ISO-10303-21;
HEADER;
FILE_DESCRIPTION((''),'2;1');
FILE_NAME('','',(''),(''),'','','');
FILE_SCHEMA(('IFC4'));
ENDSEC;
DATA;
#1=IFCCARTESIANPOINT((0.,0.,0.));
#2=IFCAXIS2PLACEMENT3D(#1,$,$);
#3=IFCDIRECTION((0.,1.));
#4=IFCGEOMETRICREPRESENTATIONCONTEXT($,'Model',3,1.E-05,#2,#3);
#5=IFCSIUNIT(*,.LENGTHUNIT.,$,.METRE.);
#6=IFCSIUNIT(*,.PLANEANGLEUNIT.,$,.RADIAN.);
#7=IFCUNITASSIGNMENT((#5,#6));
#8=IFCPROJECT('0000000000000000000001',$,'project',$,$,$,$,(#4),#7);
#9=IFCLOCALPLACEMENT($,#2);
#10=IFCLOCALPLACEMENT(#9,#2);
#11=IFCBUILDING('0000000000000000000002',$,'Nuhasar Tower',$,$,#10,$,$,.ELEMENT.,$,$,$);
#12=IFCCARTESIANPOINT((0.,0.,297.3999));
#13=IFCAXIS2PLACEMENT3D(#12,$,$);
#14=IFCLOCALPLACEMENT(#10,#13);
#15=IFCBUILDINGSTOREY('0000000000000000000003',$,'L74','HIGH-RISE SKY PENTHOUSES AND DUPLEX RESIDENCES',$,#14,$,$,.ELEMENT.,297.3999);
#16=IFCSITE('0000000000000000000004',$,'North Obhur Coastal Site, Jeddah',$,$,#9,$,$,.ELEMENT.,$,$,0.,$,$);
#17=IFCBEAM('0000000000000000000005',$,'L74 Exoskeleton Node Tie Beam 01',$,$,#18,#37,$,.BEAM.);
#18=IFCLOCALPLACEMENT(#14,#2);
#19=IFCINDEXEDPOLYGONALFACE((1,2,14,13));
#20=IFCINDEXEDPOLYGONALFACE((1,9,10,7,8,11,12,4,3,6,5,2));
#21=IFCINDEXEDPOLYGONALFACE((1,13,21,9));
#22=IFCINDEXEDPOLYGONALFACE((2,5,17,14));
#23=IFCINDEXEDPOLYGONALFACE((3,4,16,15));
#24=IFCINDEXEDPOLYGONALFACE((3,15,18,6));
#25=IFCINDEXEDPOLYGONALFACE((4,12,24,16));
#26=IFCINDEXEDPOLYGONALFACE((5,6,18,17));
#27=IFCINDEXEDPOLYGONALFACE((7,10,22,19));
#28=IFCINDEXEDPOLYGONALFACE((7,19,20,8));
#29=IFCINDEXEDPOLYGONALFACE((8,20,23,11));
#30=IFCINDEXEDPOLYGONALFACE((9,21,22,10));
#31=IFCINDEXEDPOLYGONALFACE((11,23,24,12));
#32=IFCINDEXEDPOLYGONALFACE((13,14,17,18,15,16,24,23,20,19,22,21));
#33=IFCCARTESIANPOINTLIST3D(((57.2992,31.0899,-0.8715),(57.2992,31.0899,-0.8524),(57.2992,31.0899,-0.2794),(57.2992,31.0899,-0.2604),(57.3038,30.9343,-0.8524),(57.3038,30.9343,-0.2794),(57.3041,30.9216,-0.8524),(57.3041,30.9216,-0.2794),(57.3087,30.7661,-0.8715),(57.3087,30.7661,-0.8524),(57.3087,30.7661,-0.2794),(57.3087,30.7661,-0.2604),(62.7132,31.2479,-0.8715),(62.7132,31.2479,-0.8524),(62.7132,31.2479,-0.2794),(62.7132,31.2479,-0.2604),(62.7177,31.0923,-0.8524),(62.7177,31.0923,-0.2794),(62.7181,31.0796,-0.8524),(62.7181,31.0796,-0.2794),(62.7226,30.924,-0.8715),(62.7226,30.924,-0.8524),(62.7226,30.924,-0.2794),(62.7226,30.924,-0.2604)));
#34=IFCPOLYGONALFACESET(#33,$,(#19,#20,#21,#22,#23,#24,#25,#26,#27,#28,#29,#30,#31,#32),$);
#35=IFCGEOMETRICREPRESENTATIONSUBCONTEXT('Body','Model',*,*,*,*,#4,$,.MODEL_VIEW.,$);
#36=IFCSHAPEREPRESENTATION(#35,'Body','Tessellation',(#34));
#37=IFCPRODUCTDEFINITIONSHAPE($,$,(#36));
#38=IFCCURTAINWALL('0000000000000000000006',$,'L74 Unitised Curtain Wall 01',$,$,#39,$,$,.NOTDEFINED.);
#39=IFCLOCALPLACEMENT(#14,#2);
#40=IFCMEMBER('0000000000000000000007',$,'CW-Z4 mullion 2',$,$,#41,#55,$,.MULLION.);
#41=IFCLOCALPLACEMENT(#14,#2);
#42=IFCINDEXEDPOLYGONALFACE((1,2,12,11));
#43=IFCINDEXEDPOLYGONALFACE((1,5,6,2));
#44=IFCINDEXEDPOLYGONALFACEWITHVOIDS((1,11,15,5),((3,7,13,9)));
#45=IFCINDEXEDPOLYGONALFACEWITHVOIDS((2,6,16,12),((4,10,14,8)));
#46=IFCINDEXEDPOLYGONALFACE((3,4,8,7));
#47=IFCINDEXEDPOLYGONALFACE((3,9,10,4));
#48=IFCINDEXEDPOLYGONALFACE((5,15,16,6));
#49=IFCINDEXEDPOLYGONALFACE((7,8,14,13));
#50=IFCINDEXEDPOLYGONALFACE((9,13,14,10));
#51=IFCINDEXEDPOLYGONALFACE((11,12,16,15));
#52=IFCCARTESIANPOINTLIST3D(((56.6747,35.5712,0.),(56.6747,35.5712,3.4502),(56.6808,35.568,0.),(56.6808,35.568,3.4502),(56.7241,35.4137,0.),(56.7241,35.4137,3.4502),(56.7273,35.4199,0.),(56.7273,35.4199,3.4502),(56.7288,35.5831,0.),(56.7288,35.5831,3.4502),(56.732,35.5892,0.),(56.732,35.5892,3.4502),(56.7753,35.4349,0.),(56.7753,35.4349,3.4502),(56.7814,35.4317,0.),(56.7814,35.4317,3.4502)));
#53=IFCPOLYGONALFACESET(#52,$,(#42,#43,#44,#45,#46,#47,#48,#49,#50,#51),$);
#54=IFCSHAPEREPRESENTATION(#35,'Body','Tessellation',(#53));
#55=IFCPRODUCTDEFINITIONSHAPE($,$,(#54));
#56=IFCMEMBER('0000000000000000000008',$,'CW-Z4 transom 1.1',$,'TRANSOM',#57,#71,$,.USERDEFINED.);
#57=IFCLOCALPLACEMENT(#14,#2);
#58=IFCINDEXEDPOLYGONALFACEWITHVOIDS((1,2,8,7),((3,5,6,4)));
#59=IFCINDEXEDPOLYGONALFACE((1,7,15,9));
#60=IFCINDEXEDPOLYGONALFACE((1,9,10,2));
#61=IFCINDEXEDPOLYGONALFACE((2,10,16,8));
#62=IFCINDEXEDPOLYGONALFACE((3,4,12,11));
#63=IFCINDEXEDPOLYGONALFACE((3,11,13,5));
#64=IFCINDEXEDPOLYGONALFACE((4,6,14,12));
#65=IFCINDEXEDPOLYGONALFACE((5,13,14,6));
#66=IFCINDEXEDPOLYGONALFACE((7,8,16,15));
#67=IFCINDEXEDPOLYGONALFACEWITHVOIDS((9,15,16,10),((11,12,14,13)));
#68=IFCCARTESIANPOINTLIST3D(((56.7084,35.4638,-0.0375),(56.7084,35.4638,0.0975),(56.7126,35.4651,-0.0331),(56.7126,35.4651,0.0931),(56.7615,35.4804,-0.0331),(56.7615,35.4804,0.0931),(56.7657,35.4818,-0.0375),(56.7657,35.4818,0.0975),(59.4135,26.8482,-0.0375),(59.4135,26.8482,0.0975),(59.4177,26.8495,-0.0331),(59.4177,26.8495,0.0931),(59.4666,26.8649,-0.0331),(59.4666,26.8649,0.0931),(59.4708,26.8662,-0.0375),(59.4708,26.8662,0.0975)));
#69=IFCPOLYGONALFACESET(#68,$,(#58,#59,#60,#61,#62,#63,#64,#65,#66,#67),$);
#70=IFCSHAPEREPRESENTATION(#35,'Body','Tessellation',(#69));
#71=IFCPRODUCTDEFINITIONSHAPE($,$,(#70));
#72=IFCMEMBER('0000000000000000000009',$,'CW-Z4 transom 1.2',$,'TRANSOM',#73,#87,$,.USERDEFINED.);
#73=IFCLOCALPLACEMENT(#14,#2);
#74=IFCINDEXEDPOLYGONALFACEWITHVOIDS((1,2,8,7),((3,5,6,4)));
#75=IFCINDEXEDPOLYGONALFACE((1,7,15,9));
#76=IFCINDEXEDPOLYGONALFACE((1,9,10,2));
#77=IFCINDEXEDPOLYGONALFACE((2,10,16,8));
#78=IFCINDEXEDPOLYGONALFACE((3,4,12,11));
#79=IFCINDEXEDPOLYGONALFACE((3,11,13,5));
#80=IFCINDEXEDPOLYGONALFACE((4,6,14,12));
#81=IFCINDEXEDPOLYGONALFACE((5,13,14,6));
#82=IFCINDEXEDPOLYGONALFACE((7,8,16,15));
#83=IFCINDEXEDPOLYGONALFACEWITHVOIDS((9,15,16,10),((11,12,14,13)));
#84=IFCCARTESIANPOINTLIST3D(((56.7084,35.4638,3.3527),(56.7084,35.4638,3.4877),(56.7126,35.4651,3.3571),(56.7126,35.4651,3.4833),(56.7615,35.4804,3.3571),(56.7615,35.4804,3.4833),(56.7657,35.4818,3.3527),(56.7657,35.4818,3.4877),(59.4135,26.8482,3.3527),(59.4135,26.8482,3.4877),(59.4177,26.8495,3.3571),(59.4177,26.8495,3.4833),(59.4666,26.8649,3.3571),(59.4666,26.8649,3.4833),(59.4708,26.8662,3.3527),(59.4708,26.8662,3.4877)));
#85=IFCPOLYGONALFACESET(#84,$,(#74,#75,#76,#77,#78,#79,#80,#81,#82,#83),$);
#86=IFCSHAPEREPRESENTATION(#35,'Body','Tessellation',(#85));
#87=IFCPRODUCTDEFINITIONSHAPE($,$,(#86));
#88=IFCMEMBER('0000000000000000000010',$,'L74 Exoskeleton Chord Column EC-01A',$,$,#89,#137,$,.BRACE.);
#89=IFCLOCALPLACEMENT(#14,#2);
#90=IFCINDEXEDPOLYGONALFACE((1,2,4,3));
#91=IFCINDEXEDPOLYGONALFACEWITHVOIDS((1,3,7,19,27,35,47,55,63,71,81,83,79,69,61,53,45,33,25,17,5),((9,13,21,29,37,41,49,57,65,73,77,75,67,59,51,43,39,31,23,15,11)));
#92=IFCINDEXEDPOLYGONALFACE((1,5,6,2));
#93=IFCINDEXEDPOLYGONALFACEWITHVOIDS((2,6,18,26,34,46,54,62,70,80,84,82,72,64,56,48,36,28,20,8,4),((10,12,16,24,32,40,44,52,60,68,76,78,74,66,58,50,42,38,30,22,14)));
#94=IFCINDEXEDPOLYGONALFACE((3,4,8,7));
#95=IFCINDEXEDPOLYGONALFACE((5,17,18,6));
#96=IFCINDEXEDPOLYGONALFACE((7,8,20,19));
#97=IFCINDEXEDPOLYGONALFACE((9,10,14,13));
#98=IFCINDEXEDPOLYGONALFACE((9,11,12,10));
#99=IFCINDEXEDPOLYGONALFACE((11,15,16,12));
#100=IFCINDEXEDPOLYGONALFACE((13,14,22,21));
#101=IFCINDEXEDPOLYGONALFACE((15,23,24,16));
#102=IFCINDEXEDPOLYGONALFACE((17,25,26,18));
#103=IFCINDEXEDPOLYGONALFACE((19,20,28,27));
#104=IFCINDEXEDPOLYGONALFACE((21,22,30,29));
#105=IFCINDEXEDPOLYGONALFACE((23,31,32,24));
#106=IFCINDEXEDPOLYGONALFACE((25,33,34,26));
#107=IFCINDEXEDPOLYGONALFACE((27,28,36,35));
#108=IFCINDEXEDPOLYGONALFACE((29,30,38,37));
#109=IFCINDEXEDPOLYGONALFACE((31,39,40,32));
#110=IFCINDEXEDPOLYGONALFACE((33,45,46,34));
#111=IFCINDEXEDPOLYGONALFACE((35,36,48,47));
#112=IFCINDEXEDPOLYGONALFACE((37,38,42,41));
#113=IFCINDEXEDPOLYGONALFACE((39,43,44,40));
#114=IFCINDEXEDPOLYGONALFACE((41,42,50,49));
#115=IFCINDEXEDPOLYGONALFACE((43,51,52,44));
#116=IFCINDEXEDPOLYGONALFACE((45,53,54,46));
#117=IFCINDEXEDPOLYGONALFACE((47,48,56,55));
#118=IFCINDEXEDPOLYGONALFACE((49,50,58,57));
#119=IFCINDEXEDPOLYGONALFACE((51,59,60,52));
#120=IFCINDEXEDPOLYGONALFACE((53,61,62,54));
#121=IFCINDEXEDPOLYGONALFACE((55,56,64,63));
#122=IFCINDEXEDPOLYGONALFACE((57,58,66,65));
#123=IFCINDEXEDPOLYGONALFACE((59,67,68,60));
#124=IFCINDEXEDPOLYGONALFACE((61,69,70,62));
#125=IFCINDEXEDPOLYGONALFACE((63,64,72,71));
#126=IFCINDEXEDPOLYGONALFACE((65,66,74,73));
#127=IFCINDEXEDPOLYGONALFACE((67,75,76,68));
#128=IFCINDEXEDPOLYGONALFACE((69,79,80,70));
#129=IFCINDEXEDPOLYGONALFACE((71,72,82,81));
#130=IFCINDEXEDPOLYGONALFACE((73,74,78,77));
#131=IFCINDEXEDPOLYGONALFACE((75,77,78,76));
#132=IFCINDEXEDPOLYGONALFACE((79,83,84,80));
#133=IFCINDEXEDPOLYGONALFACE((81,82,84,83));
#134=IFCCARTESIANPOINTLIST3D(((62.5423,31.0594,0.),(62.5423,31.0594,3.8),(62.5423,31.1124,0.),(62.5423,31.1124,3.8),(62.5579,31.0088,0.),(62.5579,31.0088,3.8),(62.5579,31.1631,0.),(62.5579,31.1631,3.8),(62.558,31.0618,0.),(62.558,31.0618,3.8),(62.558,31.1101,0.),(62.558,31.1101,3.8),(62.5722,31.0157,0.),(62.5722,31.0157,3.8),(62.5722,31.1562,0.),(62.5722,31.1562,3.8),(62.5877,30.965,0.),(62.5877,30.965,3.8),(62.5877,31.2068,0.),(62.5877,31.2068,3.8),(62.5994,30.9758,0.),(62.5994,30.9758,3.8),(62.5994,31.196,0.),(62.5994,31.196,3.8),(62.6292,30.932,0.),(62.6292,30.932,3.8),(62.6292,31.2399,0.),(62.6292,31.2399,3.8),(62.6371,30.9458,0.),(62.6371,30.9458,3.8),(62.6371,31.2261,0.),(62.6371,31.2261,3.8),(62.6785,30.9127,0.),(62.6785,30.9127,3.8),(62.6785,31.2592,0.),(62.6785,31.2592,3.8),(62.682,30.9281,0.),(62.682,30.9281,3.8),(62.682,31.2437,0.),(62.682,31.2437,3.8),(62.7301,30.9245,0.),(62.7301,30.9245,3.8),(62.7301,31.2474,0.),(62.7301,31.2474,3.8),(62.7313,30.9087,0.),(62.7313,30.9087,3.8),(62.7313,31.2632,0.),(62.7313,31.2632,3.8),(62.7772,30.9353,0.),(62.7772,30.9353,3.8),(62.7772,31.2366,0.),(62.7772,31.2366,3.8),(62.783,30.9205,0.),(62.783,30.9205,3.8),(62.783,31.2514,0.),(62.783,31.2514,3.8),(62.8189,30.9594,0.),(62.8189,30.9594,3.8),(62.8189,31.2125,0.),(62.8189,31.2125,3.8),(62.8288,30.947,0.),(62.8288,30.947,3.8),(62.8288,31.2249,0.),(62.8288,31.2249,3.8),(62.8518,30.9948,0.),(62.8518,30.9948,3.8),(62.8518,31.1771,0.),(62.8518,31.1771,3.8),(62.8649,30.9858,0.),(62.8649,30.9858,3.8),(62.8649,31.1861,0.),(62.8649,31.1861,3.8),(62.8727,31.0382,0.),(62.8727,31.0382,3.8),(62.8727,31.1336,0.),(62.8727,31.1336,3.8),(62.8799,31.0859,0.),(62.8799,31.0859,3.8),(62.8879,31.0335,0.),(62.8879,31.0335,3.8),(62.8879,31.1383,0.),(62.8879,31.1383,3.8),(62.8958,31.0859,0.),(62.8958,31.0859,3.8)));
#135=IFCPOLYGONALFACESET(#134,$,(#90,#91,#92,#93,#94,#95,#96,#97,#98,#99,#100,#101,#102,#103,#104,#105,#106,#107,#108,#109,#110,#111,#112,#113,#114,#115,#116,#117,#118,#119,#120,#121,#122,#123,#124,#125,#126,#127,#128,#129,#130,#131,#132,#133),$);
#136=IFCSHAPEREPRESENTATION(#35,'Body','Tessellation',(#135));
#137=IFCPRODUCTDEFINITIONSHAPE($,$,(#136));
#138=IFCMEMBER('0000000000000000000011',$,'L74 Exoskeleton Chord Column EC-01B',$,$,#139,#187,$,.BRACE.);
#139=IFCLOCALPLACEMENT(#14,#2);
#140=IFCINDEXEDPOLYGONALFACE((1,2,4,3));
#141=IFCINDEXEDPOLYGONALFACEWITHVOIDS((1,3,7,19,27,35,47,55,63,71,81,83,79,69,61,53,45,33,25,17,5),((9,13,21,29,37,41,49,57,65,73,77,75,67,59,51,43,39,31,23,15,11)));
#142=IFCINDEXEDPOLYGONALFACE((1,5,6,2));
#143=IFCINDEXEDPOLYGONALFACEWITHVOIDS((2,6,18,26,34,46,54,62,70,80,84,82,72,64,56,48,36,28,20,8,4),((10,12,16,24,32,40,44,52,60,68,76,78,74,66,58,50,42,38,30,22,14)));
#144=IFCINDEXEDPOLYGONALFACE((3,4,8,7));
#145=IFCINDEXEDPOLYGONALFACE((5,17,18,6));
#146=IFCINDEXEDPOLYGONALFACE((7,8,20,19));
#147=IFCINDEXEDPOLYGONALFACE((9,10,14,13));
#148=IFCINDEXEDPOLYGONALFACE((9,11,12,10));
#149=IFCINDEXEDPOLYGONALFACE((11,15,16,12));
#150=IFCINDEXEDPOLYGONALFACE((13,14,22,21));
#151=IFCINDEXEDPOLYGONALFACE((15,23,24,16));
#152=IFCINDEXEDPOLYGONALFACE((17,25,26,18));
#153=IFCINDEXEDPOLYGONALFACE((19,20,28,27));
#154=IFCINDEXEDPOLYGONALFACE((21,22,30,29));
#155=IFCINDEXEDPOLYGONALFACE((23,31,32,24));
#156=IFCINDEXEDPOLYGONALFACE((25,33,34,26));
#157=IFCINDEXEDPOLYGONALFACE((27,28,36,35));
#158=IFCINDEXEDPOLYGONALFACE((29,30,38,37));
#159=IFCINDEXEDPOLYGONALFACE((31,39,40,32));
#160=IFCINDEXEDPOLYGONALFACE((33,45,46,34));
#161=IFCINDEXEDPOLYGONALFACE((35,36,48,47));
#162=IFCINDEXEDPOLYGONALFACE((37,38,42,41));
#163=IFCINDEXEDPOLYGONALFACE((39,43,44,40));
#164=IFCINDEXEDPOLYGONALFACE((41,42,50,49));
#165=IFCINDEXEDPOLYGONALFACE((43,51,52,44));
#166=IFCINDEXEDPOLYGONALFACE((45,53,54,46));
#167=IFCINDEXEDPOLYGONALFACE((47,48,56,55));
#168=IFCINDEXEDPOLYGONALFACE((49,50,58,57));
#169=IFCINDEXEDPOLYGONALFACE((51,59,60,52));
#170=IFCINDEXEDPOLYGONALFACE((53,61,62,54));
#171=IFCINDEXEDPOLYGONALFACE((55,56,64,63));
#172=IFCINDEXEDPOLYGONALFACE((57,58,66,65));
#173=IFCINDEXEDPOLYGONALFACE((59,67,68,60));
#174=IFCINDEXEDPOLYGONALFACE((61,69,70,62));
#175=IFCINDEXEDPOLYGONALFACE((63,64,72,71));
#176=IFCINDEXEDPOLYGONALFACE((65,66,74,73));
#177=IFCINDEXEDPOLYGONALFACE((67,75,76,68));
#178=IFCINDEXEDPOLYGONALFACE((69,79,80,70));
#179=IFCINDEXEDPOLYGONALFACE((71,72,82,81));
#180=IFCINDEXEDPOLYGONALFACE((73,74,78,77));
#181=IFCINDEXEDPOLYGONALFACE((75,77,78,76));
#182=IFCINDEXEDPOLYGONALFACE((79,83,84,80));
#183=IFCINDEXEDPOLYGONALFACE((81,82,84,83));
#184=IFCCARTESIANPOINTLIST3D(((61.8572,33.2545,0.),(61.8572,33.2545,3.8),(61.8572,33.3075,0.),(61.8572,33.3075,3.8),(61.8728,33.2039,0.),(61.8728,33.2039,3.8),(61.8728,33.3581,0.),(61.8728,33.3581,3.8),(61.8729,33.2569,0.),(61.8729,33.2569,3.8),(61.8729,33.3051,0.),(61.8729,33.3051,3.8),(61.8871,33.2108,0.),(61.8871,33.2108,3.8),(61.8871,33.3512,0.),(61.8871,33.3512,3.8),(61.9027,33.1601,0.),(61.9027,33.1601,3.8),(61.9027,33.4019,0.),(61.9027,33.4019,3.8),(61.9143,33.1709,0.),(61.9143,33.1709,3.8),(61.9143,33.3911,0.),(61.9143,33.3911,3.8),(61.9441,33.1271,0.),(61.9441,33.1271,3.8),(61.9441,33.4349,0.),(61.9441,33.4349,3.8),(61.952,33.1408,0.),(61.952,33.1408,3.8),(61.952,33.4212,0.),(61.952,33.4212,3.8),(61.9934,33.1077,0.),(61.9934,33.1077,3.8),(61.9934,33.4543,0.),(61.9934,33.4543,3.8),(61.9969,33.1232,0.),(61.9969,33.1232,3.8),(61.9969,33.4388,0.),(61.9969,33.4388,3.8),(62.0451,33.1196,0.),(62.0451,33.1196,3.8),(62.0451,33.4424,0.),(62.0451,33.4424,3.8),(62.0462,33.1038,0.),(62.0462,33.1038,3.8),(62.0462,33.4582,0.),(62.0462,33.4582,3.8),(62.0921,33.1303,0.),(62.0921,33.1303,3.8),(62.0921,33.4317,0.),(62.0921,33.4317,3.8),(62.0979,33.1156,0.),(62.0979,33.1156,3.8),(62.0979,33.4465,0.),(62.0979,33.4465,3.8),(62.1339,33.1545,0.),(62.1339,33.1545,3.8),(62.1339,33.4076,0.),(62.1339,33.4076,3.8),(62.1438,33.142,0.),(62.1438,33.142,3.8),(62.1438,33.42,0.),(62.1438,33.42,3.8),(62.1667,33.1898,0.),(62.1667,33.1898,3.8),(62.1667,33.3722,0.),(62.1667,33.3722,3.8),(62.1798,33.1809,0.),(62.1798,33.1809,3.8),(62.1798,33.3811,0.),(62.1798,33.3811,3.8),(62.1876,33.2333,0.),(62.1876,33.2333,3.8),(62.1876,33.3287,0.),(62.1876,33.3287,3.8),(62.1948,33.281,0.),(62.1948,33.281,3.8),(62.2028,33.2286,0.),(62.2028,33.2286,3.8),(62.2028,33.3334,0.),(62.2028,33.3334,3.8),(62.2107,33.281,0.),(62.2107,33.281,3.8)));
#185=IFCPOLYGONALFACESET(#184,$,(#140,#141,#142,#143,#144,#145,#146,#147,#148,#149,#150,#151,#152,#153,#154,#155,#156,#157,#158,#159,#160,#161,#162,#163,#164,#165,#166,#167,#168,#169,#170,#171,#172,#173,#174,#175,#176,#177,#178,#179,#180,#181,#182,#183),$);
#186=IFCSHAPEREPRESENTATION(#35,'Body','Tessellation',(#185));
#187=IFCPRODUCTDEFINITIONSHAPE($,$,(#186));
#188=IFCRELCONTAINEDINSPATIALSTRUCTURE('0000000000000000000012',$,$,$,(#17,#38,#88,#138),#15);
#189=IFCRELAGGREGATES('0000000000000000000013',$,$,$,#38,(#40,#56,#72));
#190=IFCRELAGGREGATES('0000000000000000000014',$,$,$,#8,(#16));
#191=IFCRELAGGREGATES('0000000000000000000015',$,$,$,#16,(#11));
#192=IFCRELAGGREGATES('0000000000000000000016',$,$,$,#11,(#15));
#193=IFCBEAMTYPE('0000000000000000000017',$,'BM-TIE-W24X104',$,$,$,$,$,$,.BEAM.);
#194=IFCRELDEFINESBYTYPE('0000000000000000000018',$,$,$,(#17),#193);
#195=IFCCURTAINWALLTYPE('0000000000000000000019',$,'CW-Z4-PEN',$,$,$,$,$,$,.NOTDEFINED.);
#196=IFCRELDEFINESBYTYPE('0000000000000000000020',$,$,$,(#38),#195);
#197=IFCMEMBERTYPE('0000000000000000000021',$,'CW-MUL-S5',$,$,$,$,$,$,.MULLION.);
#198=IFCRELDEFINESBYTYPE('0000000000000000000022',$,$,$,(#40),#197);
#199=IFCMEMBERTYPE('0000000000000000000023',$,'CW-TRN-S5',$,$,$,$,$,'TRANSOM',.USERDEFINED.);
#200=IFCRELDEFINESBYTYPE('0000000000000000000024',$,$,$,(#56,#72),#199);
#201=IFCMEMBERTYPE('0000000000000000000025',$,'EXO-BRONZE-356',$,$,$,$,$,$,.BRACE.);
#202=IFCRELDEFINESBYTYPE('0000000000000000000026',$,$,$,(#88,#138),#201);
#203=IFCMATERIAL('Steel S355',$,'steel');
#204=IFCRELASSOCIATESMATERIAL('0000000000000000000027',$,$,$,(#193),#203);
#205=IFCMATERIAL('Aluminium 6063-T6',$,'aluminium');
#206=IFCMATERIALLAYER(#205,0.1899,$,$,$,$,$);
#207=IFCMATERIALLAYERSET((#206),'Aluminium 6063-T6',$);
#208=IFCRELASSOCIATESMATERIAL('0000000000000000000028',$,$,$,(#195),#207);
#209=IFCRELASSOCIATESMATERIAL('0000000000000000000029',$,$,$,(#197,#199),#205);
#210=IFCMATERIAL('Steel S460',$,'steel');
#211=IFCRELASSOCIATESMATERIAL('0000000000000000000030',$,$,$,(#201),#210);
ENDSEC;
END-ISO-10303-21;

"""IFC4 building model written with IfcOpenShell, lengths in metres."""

from ifc_helpers import new_model, si_unit, direction, frame, origin, origin_2d, place, context, subcontext, project, spatial, hollow_rectangle, hollow_circle, i_section, extrude, material, layer, layer_set, material_profile, profile_set, type_object, element, aggregate, save


model = new_model("IFC4")

# Units and contexts
model_context = context("Model", 3, precision=1e-05, world=origin(), true_north=direction((0.0, 1.0)))
body_context = subcontext(model_context, "Body", "Model", "MODEL_VIEW")
ifc_project = project(units=[si_unit("LENGTHUNIT", "METRE"), si_unit("PLANEANGLEUNIT", "RADIAN")], contexts=[model_context])

# Site, building, storey
site_placement = place(None, origin())
site = spatial("IfcSite", under=ifc_project, at=site_placement, Name="North Obhur Coastal Site, Jeddah", CompositionType="ELEMENT", RefElevation=0.0)
building_placement = place(site_placement, origin())
building = spatial("IfcBuilding", under=site, at=building_placement, Name="Nuhasar Tower", CompositionType="ELEMENT")
storey_placement = place(building_placement, frame((0.0, 0.0, 297.3999)))
storey = spatial("IfcBuildingStorey", under=building, at=storey_placement, Name="L74", Description="HIGH-RISE SKY PENTHOUSES AND DUPLEX RESIDENCES", CompositionType="ELEMENT", Elevation=297.3999)

# Beam
ifc_material_1 = material(Name="Steel S355", Category="steel")
ifc_material_profile_1 = material_profile(ifc_material_1, i_section(OverallWidth=0.324, OverallDepth=0.6111, WebThickness=0.0127, FlangeThickness=0.019, at=origin_2d()), Name="W24X104")
ifc_profile_set_1 = profile_set([ifc_material_profile_1], Name="Steel S355")
beam_type_1 = type_object("IfcBeamType", Name="BM-TIE-W24X104", PredefinedType="BEAM", material=ifc_profile_set_1)
beam_1_placement = place(storey_placement, frame((57.304, 30.928, -0.5659), z_axis=(0.999575, 0.029163, 0.0), x_axis=(-0.029163, 0.999575, 0.0)))
element("IfcBeam", 1, at=beam_1_placement, inside=storey, type_object=beam_type_1, Name="L74 Exoskeleton Node Tie Beam 01", PredefinedType="BEAM", context=body_context, shape_type="SweptSolid", body=[
    extrude(i_section(OverallWidth=0.324, OverallDepth=0.6111, WebThickness=0.0127, FlangeThickness=0.019, at=origin_2d()), origin(), (0.0, 0.0, 1.0), 5.4163),
])

# Curtain wall, members
ifc_material_2 = material(Name="Aluminium 6063-T6", Category="aluminium")
ifc_layer_1 = layer(ifc_material_2, 0.1899)
ifc_layer_set_1 = layer_set([ifc_layer_1], Name="Aluminium 6063-T6")
curtain_wall_type = type_object("IfcCurtainWallType", Name="CW-Z4-PEN", PredefinedType="NOTDEFINED", material=ifc_layer_set_1)
curtain_wall_placement = place(storey_placement, origin())
curtain_wall = element("IfcCurtainWall", 2, at=curtain_wall_placement, inside=storey, type_object=curtain_wall_type, Name="L74 Unitised Curtain Wall 01", PredefinedType="NOTDEFINED")
ifc_material_profile_2 = material_profile(ifc_material_2, hollow_rectangle(XDim=0.0601, YDim=0.165, WallThickness=0.0049, at=origin_2d()), Name="CWM-5")
ifc_profile_set_2 = profile_set([ifc_material_profile_2], Name="Aluminium 6063-T6")
member_type_1 = type_object("IfcMemberType", Name="CW-MUL-S5", PredefinedType="MULLION", material=ifc_profile_set_2)
member_1_placement = place(storey_placement, frame((56.728, 35.5015, 0.0), z_axis=(0.0, 0.0, 1.0), x_axis=(-0.954079, -0.299557, 0.0)))
member_1 = element("IfcMember", 3, at=member_1_placement, type_object=member_type_1, Name="CW-Z4 mullion 2", PredefinedType="MULLION", context=body_context, shape_type="SweptSolid", body=[
    extrude(hollow_rectangle(XDim=0.0601, YDim=0.165, WallThickness=0.0049, at=origin_2d()), origin(), (0.0, 0.0, 1.0), 3.4502),
])
ifc_material_profile_3 = material_profile(ifc_material_2, hollow_rectangle(XDim=0.0601, YDim=0.135, WallThickness=0.0044, at=origin_2d()), Name="CWT-5")
ifc_profile_set_3 = profile_set([ifc_material_profile_3], Name="Aluminium 6063-T6")
member_type_2 = type_object("IfcMemberType", Name="CW-TRN-S5", ElementType="TRANSOM", PredefinedType="USERDEFINED", material=ifc_profile_set_3)
member_2_placement = place(storey_placement, frame((59.4421, 26.8572, 0.03), z_axis=(-0.29956, 0.954077, 0.0), x_axis=(-0.954077, -0.29956, 0.0)))
member_2 = element("IfcMember", 4, at=member_2_placement, type_object=member_type_2, Name="CW-Z4 transom 1.1", ObjectType="TRANSOM", PredefinedType="USERDEFINED", context=body_context, shape_type="SweptSolid", body=[
    extrude(hollow_rectangle(XDim=0.0601, YDim=0.135, WallThickness=0.0044, at=origin_2d()), origin(), (0.0, 0.0, 1.0), 9.0303),
])
member_3_placement = place(storey_placement, frame((59.4421, 26.8572, 3.4202), z_axis=(-0.29956, 0.954077, 0.0), x_axis=(-0.954077, -0.29956, 0.0)))
member_3 = element("IfcMember", 5, at=member_3_placement, type_object=member_type_2, Name="CW-Z4 transom 1.2", ObjectType="TRANSOM", PredefinedType="USERDEFINED", context=body_context, shape_type="SweptSolid", body=[
    extrude(hollow_rectangle(XDim=0.0601, YDim=0.135, WallThickness=0.0044, at=origin_2d()), origin(), (0.0, 0.0, 1.0), 9.0303),
])

# Members
ifc_material_3 = material(Name="Steel S460", Category="steel")
ifc_material_profile_4 = material_profile(ifc_material_3, hollow_circle(Radius=0.1777, WallThickness=0.0159, at=origin_2d()), Name="HSS355.6X15.9")
ifc_profile_set_4 = profile_set([ifc_material_profile_4], Name="Steel S460")
member_type_3 = type_object("IfcMemberType", Name="EXO-BRONZE-356", PredefinedType="BRACE", material=ifc_profile_set_4)
for number, where, z_axis, x_axis, name in (
    (6, (62.718, 31.0859, 0.0), (0.0, 0.0, 1.0), (1.0, 0.0, 0.0), "L74 Exoskeleton Chord Column EC-01A"),
    (7, (62.033, 33.281, 0.0), (0.0, 0.0, 1.0), (1.0, 0.0, 0.0), "L74 Exoskeleton Chord Column EC-01B"),
):
    element("IfcMember", number, at=place(storey_placement, frame(where, z_axis=z_axis, x_axis=x_axis)), inside=storey, type_object=member_type_3, Name=name, PredefinedType="BRACE", context=body_context, shape_type="SweptSolid", body=[
        extrude(hollow_circle(Radius=0.1777, WallThickness=0.0159, at=origin_2d()), origin(), (0.0, 0.0, 1.0), 3.8),
    ])

aggregate(curtain_wall, [member_1, member_2, member_3])

save(model, "model.ifc")
